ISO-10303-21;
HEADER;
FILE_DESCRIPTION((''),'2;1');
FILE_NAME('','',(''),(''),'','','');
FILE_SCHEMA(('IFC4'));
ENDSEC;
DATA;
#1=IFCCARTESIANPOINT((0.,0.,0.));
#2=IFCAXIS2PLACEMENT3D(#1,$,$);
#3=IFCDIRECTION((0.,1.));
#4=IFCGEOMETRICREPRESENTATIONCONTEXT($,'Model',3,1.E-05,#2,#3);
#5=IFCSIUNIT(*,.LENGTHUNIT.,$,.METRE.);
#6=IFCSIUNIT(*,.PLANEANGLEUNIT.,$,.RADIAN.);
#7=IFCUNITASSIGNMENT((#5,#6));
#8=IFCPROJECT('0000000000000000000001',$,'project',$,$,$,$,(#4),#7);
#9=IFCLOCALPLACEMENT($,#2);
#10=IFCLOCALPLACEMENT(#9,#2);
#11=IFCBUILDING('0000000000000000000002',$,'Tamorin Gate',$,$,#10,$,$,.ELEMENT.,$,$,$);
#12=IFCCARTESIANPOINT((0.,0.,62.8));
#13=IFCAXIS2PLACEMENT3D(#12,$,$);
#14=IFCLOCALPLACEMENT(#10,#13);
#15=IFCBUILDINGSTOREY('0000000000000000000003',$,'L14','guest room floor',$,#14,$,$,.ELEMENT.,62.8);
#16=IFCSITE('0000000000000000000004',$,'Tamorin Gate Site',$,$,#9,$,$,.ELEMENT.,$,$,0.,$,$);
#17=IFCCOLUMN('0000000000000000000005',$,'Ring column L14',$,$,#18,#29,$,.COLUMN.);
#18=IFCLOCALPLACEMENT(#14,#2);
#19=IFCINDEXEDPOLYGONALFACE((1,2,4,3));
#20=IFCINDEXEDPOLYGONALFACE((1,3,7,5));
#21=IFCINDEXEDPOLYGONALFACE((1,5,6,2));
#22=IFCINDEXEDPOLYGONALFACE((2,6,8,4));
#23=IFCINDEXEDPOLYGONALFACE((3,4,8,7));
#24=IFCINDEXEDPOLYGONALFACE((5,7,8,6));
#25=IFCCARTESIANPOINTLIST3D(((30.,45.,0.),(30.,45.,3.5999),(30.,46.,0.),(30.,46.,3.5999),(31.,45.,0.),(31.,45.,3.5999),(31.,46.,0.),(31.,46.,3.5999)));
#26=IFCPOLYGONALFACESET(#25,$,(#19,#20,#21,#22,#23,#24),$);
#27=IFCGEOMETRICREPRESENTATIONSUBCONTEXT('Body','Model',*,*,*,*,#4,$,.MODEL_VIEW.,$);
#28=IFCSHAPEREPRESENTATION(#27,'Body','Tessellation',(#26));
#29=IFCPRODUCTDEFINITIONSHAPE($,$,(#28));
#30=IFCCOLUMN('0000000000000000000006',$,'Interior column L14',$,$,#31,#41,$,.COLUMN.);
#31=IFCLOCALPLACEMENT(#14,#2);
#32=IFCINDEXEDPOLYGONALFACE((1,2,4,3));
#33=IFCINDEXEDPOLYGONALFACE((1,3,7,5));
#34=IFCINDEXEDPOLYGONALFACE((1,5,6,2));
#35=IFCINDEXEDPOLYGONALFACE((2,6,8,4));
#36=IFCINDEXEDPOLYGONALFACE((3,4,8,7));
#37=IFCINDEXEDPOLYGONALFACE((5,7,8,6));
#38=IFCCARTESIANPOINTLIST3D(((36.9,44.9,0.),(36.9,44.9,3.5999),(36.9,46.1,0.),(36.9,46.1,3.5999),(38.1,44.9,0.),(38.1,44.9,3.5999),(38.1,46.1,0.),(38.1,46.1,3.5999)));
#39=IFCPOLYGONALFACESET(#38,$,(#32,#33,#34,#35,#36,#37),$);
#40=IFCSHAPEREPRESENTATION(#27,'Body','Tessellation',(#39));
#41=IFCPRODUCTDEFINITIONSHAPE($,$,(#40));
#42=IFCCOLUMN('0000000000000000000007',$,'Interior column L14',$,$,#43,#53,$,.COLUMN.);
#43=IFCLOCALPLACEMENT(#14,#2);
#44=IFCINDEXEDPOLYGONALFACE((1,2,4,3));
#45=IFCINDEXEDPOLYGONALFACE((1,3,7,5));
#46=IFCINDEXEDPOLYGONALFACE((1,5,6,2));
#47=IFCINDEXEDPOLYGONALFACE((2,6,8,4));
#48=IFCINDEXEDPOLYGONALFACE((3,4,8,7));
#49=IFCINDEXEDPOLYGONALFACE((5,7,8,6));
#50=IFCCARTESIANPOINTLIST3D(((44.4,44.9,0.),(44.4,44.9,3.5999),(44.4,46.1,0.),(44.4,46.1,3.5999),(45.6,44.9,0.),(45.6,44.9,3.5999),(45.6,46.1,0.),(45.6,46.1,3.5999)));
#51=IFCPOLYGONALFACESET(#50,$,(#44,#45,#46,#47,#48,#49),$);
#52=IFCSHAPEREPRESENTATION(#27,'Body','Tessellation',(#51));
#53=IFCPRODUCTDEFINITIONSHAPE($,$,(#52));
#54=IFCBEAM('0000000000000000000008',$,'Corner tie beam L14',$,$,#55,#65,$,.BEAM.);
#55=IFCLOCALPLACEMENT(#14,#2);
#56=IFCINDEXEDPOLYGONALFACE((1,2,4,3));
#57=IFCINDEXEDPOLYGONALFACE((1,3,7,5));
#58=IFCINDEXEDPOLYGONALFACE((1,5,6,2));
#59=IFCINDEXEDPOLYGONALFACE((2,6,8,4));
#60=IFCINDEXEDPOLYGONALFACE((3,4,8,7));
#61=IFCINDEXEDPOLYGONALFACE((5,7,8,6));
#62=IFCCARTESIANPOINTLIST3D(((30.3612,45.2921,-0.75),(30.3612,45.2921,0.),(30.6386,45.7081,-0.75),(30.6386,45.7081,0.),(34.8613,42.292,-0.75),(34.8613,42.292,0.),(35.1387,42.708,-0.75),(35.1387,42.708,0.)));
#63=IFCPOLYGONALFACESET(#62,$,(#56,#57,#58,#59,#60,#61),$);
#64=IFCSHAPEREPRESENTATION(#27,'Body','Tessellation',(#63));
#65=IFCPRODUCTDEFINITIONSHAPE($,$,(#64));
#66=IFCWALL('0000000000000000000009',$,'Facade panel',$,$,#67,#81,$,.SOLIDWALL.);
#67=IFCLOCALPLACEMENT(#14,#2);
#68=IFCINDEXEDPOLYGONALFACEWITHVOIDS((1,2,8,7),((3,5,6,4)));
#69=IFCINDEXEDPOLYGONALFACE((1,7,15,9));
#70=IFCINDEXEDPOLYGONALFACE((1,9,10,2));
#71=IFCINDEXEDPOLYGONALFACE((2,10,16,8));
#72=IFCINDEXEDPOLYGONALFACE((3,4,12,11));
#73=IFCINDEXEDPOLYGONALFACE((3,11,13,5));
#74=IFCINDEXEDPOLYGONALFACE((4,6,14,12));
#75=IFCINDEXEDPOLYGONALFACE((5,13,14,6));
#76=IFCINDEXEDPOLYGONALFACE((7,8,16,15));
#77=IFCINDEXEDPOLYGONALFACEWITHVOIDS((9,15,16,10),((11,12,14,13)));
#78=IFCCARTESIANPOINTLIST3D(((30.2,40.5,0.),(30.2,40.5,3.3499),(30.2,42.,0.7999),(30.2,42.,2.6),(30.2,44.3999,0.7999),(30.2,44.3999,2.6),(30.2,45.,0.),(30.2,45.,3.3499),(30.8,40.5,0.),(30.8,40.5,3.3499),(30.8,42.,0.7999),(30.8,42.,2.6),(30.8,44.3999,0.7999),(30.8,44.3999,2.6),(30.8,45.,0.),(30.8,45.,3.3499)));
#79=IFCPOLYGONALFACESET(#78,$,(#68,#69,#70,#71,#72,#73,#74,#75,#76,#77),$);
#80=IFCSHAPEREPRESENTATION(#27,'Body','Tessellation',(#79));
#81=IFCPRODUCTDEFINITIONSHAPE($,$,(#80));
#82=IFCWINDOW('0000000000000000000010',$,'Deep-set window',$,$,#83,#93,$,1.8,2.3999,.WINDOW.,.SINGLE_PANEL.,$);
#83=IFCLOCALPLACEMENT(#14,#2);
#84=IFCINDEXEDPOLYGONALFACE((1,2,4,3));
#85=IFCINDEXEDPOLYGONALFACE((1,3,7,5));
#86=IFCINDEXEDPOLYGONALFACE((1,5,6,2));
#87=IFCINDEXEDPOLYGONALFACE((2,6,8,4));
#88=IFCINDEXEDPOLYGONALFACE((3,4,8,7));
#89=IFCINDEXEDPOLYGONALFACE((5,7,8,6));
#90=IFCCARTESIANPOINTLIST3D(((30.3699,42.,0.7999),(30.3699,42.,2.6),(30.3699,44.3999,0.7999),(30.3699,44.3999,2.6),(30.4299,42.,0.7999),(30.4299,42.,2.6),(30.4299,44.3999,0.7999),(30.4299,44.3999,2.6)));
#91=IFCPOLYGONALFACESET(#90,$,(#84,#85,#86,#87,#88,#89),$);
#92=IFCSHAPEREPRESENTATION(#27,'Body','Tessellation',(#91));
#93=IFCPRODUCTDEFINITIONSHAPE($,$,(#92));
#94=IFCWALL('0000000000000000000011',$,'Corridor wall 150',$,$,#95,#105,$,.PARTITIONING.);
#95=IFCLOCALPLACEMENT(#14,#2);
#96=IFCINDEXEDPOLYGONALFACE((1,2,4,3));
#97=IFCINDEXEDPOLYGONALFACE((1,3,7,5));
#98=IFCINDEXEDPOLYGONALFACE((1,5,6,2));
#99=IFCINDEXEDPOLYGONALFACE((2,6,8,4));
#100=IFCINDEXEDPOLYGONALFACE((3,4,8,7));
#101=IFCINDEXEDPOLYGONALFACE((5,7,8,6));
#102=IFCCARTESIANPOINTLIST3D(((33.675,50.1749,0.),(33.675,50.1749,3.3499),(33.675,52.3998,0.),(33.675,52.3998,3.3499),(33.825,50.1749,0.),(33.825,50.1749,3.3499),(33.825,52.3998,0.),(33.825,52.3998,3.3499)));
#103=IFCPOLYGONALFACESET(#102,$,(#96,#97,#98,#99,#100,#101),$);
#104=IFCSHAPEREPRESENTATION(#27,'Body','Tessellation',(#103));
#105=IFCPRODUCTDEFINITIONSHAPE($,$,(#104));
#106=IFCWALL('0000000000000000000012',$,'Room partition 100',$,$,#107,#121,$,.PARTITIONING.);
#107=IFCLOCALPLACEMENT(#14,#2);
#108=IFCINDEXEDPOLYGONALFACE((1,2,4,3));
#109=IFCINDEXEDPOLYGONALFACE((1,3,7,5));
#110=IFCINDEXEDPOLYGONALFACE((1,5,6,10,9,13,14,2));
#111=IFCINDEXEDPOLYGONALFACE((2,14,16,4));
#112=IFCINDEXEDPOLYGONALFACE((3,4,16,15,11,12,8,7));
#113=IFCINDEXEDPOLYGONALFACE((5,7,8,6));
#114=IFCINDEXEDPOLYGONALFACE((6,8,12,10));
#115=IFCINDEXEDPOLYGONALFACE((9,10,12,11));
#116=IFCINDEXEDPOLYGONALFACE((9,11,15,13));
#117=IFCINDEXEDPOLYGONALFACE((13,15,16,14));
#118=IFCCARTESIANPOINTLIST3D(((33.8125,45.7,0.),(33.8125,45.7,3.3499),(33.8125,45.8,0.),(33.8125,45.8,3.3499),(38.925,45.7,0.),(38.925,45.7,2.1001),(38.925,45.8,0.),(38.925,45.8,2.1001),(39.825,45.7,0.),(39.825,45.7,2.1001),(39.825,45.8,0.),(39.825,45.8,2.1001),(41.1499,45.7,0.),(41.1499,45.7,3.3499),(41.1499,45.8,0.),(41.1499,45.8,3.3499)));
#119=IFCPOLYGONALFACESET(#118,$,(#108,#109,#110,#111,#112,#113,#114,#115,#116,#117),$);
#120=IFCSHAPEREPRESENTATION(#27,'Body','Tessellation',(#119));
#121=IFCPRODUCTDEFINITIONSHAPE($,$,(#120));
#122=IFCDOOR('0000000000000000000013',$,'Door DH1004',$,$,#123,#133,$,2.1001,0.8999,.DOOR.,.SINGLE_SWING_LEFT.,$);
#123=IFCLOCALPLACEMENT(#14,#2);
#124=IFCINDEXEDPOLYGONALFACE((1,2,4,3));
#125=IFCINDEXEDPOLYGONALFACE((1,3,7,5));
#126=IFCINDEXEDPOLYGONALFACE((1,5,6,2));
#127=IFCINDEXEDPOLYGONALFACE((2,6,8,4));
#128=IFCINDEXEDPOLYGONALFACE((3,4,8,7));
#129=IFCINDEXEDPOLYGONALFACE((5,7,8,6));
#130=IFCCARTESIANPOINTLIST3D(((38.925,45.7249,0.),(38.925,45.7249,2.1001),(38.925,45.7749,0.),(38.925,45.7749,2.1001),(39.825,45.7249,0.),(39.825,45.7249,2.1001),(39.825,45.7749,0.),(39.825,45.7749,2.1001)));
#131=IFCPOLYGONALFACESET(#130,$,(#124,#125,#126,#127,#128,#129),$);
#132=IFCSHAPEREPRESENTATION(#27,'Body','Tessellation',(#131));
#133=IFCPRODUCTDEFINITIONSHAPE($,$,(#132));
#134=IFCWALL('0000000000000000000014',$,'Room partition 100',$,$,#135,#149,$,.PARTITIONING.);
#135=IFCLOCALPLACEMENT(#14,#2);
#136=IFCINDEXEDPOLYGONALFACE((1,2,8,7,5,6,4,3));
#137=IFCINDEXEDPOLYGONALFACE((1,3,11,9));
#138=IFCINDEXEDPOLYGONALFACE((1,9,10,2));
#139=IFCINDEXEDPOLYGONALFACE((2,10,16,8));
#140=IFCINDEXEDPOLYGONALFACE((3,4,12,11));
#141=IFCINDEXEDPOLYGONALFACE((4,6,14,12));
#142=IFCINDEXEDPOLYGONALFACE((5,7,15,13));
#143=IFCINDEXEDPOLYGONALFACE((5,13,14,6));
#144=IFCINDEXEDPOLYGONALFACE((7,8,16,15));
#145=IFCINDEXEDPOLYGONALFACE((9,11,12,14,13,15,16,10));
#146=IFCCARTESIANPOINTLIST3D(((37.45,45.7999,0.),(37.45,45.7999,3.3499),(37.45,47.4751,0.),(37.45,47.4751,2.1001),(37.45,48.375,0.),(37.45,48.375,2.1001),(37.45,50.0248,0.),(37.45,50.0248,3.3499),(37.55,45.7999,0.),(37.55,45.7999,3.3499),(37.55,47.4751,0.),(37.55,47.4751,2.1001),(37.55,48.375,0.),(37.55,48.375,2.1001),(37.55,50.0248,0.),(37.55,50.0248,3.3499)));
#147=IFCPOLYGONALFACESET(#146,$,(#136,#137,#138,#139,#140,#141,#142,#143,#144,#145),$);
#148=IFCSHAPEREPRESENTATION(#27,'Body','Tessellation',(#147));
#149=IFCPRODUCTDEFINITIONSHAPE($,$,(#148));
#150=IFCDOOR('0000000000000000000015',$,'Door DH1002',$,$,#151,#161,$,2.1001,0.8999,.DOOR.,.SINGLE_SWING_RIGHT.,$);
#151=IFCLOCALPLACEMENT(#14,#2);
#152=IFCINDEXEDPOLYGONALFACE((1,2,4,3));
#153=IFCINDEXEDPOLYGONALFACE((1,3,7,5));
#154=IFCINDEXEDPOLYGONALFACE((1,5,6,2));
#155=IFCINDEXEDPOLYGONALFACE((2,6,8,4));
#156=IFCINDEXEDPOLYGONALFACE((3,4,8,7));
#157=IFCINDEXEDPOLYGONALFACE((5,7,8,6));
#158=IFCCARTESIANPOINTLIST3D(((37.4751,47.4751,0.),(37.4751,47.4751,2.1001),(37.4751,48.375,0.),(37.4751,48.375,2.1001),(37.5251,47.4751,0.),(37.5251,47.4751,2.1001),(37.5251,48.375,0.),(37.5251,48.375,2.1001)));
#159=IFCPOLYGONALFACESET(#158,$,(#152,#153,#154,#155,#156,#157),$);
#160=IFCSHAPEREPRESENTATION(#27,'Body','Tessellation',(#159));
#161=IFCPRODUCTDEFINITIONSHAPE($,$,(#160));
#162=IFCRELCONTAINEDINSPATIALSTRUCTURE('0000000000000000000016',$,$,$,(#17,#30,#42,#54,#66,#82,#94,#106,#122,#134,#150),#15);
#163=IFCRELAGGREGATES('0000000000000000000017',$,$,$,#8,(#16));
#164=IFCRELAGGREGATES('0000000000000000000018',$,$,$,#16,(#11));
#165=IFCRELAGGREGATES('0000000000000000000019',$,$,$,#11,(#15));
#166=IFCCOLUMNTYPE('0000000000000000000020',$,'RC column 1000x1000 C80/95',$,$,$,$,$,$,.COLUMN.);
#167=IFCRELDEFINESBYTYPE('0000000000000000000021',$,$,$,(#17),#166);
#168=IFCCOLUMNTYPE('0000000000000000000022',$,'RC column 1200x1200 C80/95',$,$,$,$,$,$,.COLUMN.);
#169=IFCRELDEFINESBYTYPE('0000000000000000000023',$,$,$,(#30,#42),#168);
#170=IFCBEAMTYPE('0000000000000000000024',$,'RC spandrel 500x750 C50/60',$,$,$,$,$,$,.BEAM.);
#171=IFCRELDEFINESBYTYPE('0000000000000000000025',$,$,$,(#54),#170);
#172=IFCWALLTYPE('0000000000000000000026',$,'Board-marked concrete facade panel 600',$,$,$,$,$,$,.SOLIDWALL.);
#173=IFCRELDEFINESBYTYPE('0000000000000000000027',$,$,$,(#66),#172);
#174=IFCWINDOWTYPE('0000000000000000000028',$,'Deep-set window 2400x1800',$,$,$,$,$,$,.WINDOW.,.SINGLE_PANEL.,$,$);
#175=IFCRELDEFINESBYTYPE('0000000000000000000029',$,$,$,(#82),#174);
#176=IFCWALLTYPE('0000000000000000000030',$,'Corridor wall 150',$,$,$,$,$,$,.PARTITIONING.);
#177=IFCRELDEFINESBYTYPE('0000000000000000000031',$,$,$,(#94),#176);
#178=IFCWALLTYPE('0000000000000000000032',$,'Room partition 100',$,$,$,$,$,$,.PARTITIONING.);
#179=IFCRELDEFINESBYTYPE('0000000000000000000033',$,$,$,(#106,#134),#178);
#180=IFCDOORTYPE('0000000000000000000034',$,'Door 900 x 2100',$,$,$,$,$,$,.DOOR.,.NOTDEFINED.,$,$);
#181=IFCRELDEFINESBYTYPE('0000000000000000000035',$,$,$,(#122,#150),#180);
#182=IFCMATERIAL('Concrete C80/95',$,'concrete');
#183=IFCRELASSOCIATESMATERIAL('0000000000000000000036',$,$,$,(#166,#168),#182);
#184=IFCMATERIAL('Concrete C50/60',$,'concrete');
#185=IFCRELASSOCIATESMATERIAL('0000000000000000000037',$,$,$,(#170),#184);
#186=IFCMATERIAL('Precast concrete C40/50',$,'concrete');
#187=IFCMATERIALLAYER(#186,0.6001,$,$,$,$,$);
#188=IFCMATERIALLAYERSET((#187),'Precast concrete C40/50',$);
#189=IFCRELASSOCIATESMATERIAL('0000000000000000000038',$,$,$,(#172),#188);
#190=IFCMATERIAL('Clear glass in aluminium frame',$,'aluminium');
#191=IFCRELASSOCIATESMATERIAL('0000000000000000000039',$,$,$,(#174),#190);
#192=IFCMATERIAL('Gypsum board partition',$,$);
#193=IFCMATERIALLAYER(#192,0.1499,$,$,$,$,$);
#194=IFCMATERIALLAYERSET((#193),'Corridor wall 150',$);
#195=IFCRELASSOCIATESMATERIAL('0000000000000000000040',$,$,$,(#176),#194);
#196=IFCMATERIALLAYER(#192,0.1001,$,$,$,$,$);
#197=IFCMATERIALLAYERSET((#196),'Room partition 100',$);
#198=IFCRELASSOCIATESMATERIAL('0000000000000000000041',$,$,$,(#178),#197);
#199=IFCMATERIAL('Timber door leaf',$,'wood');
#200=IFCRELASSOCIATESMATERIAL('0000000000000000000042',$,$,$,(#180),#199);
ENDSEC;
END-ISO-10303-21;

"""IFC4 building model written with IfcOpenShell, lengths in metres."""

from ifc_helpers import new_model, si_unit, direction, frame, frame_2d, origin, origin_2d, place, context, subcontext, project, spatial, rectangle, extrude, material, layer, layer_set, material_profile, profile_set, type_object, element, fill, save


model = new_model("IFC4")

# Units and contexts
model_context = context("Model", 3, precision=1e-05, world=origin(), true_north=direction((0.0, 1.0)))
body_context = subcontext(model_context, "Body", "Model", "MODEL_VIEW")
ifc_project = project(units=[si_unit("LENGTHUNIT", "METRE"), si_unit("PLANEANGLEUNIT", "RADIAN")], contexts=[model_context])

# Site, building, storey
site_placement = place(None, origin())
site = spatial("IfcSite", under=ifc_project, at=site_placement, Name="Tamorin Gate Site", CompositionType="ELEMENT", RefElevation=0.0)
building_placement = place(site_placement, origin())
building = spatial("IfcBuilding", under=site, at=building_placement, Name="Tamorin Gate", CompositionType="ELEMENT")
storey_placement = place(building_placement, frame((0.0, 0.0, 62.8)))
storey = spatial("IfcBuildingStorey", under=building, at=storey_placement, Name="L14", Description="guest room floor", CompositionType="ELEMENT", Elevation=62.8)

# Columns
ifc_material_1 = material(Name="Concrete C80/95", Category="concrete")
ifc_material_profile_1 = material_profile(ifc_material_1, rectangle(XDim=1.0, YDim=1.0, at=origin_2d()), Name="RC 1000x1000")
ifc_profile_set_1 = profile_set([ifc_material_profile_1], Name="Concrete C80/95")
column_type_1 = type_object("IfcColumnType", Name="RC column 1000x1000 C80/95", PredefinedType="COLUMN", material=ifc_profile_set_1)
column_placement = place(storey_placement, frame((30.5, 45.5, 0.0), z_axis=(0.0, 0.0, 1.0), x_axis=(1.0, 0.0, 0.0)))
element("IfcColumn", 1, at=column_placement, inside=storey, type_object=column_type_1, Name="Ring column L14", PredefinedType="COLUMN", context=body_context, shape_type="SweptSolid", body=[
    extrude(rectangle(XDim=1.0, YDim=1.0, at=origin_2d()), origin(), (0.0, 0.0, 1.0), 3.5999),
])
ifc_material_profile_2 = material_profile(ifc_material_1, rectangle(XDim=1.2, YDim=1.2, at=origin_2d()), Name="RC 1200x1200")
ifc_profile_set_2 = profile_set([ifc_material_profile_2], Name="Concrete C80/95")
column_type_2 = type_object("IfcColumnType", Name="RC column 1200x1200 C80/95", PredefinedType="COLUMN", material=ifc_profile_set_2)
for number, where, z_axis, x_axis, name in (
    (2, (37.5, 45.5, 0.0), (0.0, 0.0, 1.0), (1.0, 0.0, 0.0), "Interior column L14"),
    (3, (45.0, 45.5, 0.0), (0.0, 0.0, 1.0), (1.0, 0.0, 0.0), "Interior column L14"),
):
    element("IfcColumn", number, at=place(storey_placement, frame(where, z_axis=z_axis, x_axis=x_axis)), inside=storey, type_object=column_type_2, Name=name, PredefinedType="COLUMN", context=body_context, shape_type="SweptSolid", body=[
        extrude(rectangle(XDim=1.2, YDim=1.2, at=origin_2d()), origin(), (0.0, 0.0, 1.0), 3.5999),
    ])

# Beam
ifc_material_2 = material(Name="Concrete C50/60", Category="concrete")
ifc_material_profile_3 = material_profile(ifc_material_2, rectangle(XDim=0.5, YDim=0.75, at=origin_2d()), Name="RC 500x750")
ifc_profile_set_3 = profile_set([ifc_material_profile_3], Name="Concrete C50/60")
beam_type = type_object("IfcBeamType", Name="RC spandrel 500x750 C50/60", PredefinedType="BEAM", material=ifc_profile_set_3)
beam_placement = place(storey_placement, frame((35.0, 42.5, -0.375), z_axis=(-0.83205, 0.5547, 0.0), x_axis=(-0.5547, -0.83205, 0.0)))
element("IfcBeam", 4, at=beam_placement, inside=storey, type_object=beam_type, Name="Corner tie beam L14", PredefinedType="BEAM", context=body_context, shape_type="SweptSolid", body=[
    extrude(rectangle(XDim=0.5, YDim=0.75, at=origin_2d()), origin(), (0.0, 0.0, 1.0), 5.4084),
])

# Wall, opening, window
ifc_material_3 = material(Name="Precast concrete C40/50", Category="concrete")
ifc_layer_1 = layer(ifc_material_3, 0.6001)
ifc_layer_set_1 = layer_set([ifc_layer_1], Name="Precast concrete C40/50")
wall_type_1 = type_object("IfcWallType", Name="Board-marked concrete facade panel 600", PredefinedType="SOLIDWALL", material=ifc_layer_set_1)
wall_1_placement = place(storey_placement, frame((30.5, 45.0, 0.0), z_axis=(0.0, 0.0, 1.0), x_axis=(0.0, -1.0, 0.0)))
wall_1 = element("IfcWall", 5, at=wall_1_placement, inside=storey, type_object=wall_type_1, Name="Facade panel", PredefinedType="SOLIDWALL", context=body_context, shape_type="SweptSolid", body=[
    extrude(rectangle(XDim=4.5, YDim=0.6001, at=frame_2d((2.25, 0.0))), origin(), (0.0, 0.0, 1.0), 3.3499),
])
opening_1_placement = place(wall_1_placement, frame((0.6001, 0.0, 0.8)))
opening_1 = element("IfcOpeningElement", 6, at=opening_1_placement, cuts=wall_1, PredefinedType="OPENING", context=body_context, shape_type="SweptSolid", body=[
    extrude(rectangle(XDim=2.3999, YDim=1.8, at=frame_2d((1.2, 0.8999))), frame((0.0, 0.3101, 0.0), z_axis=(0.0, -1.0, 0.0), x_axis=(1.0, 0.0, 0.0)), (0.0, 0.0, 1.0), 0.6201),
])
ifc_material_4 = material(Name="Clear glass in aluminium frame", Category="aluminium")
window_type = type_object("IfcWindowType", Name="Deep-set window 2400x1800", PartitioningType="SINGLE_PANEL", PredefinedType="WINDOW", material=ifc_material_4)
window_placement = place(opening_1_placement, origin())
window = element("IfcWindow", 7, at=window_placement, inside=storey, type_object=window_type, Name="Deep-set window", OverallHeight=1.8, OverallWidth=2.3999, PartitioningType="SINGLE_PANEL", PredefinedType="WINDOW", context=body_context, shape_type="SweptSolid", body=[
    extrude(rectangle(XDim=2.3999, YDim=1.8, at=frame_2d((1.2, 0.8999))), frame((0.0, -0.0701, 0.0), z_axis=(0.0, -1.0, 0.0), x_axis=(1.0, 0.0, 0.0)), (0.0, 0.0, 1.0), 0.0601),
])
fill(opening_1, window)

# Shared definitions
ifc_material_5 = material(Name="Gypsum board partition")
ifc_layer_2 = layer(ifc_material_5, 0.1499)
ifc_layer_set_2 = layer_set([ifc_layer_2], Name="Corridor wall 150")
wall_type_2 = type_object("IfcWallType", Name="Corridor wall 150", PredefinedType="PARTITIONING", material=ifc_layer_set_2)
ifc_material_6 = material(Name="Timber door leaf", Category="wood")

# Wall
wall_2_placement = place(storey_placement, frame((33.75, 50.175, 0.0), z_axis=(0.0, 0.0, 1.0), x_axis=(0.0, 1.0, 0.0)))
element("IfcWall", 8, at=wall_2_placement, inside=storey, type_object=wall_type_2, Name="Corridor wall 150", PredefinedType="PARTITIONING", context=body_context, shape_type="SweptSolid", body=[
    extrude(rectangle(XDim=2.2249, YDim=0.1499, at=frame_2d((1.1123, 0.0))), origin(), (0.0, 0.0, 1.0), 3.3499),
])

# Walls, openings, doors
ifc_layer_3 = layer(ifc_material_5, 0.1001)
ifc_layer_set_3 = layer_set([ifc_layer_3], Name="Room partition 100")
wall_type_3 = type_object("IfcWallType", Name="Room partition 100", PredefinedType="PARTITIONING", material=ifc_layer_set_3)
wall_3_placement = place(storey_placement, frame((33.8125, 45.75, 0.0), z_axis=(0.0, 0.0, 1.0), x_axis=(1.0, 0.0, 0.0)))
wall_3 = element("IfcWall", 9, at=wall_3_placement, inside=storey, type_object=wall_type_3, Name="Room partition 100", PredefinedType="PARTITIONING", context=body_context, shape_type="SweptSolid", body=[
    extrude(rectangle(XDim=7.3374, YDim=0.1001, at=frame_2d((3.6687, 0.0))), origin(), (0.0, 0.0, 1.0), 3.3499),
])
opening_2_placement = place(wall_3_placement, frame((5.1125, 0.0, 0.0)))
opening_2 = element("IfcOpeningElement", 10, at=opening_2_placement, cuts=wall_3, PredefinedType="OPENING", context=body_context, shape_type="SweptSolid", body=[
    extrude(rectangle(XDim=0.8999, YDim=2.1001, at=frame_2d((0.45, 1.05))), frame((0.0, 0.0601, 0.0), z_axis=(0.0, -1.0, 0.0), x_axis=(1.0, 0.0, 0.0)), (0.0, 0.0, 1.0), 0.1201),
])
door_type_1 = type_object("IfcDoorType", Name="Door 900 x 2100", OperationType="NOTDEFINED", PredefinedType="DOOR", material=ifc_material_6)
door_1_placement = place(opening_2_placement, origin())
door_1 = element("IfcDoor", 11, at=door_1_placement, inside=storey, type_object=door_type_1, Name="Door DH1004", OperationType="SINGLE_SWING_LEFT", OverallHeight=2.1001, OverallWidth=0.8999, PredefinedType="DOOR", context=body_context, shape_type="SweptSolid", body=[
    extrude(rectangle(XDim=0.8999, YDim=2.1001, at=frame_2d((0.45, 1.05))), frame((0.0, 0.0249, 0.0), z_axis=(0.0, -1.0, 0.0), x_axis=(1.0, 0.0, 0.0)), (0.0, 0.0, 1.0), 0.05),
])
fill(opening_2, door_1)
wall_4_placement = place(storey_placement, frame((37.5, 45.8, 0.0), z_axis=(0.0, 0.0, 1.0), x_axis=(0.0, 1.0, 0.0)))
wall_4 = element("IfcWall", 12, at=wall_4_placement, inside=storey, type_object=wall_type_3, Name="Room partition 100", PredefinedType="PARTITIONING", context=body_context, shape_type="SweptSolid", body=[
    extrude(rectangle(XDim=4.2249, YDim=0.1001, at=frame_2d((2.1123, 0.0))), origin(), (0.0, 0.0, 1.0), 3.3499),
])
opening_3_placement = place(wall_4_placement, frame((1.675, 0.0, 0.0)))
opening_3 = element("IfcOpeningElement", 13, at=opening_3_placement, cuts=wall_4, PredefinedType="OPENING", context=body_context, shape_type="SweptSolid", body=[
    extrude(rectangle(XDim=0.8999, YDim=2.1001, at=frame_2d((0.45, 1.05))), frame((0.0, 0.0601, 0.0), z_axis=(0.0, -1.0, 0.0), x_axis=(1.0, 0.0, 0.0)), (0.0, 0.0, 1.0), 0.1201),
])
door_2_placement = place(opening_3_placement, origin())
door_2 = element("IfcDoor", 14, at=door_2_placement, inside=storey, type_object=door_type_1, Name="Door DH1002", OperationType="SINGLE_SWING_RIGHT", OverallHeight=2.1001, OverallWidth=0.8999, PredefinedType="DOOR", context=body_context, shape_type="SweptSolid", body=[
    extrude(rectangle(XDim=0.8999, YDim=2.1001, at=frame_2d((0.45, 1.05))), frame((0.0, 0.0249, 0.0), z_axis=(0.0, -1.0, 0.0), x_axis=(1.0, 0.0, 0.0)), (0.0, 0.0, 1.0), 0.05),
])
fill(opening_3, door_2)

save(model, "model.ifc")
